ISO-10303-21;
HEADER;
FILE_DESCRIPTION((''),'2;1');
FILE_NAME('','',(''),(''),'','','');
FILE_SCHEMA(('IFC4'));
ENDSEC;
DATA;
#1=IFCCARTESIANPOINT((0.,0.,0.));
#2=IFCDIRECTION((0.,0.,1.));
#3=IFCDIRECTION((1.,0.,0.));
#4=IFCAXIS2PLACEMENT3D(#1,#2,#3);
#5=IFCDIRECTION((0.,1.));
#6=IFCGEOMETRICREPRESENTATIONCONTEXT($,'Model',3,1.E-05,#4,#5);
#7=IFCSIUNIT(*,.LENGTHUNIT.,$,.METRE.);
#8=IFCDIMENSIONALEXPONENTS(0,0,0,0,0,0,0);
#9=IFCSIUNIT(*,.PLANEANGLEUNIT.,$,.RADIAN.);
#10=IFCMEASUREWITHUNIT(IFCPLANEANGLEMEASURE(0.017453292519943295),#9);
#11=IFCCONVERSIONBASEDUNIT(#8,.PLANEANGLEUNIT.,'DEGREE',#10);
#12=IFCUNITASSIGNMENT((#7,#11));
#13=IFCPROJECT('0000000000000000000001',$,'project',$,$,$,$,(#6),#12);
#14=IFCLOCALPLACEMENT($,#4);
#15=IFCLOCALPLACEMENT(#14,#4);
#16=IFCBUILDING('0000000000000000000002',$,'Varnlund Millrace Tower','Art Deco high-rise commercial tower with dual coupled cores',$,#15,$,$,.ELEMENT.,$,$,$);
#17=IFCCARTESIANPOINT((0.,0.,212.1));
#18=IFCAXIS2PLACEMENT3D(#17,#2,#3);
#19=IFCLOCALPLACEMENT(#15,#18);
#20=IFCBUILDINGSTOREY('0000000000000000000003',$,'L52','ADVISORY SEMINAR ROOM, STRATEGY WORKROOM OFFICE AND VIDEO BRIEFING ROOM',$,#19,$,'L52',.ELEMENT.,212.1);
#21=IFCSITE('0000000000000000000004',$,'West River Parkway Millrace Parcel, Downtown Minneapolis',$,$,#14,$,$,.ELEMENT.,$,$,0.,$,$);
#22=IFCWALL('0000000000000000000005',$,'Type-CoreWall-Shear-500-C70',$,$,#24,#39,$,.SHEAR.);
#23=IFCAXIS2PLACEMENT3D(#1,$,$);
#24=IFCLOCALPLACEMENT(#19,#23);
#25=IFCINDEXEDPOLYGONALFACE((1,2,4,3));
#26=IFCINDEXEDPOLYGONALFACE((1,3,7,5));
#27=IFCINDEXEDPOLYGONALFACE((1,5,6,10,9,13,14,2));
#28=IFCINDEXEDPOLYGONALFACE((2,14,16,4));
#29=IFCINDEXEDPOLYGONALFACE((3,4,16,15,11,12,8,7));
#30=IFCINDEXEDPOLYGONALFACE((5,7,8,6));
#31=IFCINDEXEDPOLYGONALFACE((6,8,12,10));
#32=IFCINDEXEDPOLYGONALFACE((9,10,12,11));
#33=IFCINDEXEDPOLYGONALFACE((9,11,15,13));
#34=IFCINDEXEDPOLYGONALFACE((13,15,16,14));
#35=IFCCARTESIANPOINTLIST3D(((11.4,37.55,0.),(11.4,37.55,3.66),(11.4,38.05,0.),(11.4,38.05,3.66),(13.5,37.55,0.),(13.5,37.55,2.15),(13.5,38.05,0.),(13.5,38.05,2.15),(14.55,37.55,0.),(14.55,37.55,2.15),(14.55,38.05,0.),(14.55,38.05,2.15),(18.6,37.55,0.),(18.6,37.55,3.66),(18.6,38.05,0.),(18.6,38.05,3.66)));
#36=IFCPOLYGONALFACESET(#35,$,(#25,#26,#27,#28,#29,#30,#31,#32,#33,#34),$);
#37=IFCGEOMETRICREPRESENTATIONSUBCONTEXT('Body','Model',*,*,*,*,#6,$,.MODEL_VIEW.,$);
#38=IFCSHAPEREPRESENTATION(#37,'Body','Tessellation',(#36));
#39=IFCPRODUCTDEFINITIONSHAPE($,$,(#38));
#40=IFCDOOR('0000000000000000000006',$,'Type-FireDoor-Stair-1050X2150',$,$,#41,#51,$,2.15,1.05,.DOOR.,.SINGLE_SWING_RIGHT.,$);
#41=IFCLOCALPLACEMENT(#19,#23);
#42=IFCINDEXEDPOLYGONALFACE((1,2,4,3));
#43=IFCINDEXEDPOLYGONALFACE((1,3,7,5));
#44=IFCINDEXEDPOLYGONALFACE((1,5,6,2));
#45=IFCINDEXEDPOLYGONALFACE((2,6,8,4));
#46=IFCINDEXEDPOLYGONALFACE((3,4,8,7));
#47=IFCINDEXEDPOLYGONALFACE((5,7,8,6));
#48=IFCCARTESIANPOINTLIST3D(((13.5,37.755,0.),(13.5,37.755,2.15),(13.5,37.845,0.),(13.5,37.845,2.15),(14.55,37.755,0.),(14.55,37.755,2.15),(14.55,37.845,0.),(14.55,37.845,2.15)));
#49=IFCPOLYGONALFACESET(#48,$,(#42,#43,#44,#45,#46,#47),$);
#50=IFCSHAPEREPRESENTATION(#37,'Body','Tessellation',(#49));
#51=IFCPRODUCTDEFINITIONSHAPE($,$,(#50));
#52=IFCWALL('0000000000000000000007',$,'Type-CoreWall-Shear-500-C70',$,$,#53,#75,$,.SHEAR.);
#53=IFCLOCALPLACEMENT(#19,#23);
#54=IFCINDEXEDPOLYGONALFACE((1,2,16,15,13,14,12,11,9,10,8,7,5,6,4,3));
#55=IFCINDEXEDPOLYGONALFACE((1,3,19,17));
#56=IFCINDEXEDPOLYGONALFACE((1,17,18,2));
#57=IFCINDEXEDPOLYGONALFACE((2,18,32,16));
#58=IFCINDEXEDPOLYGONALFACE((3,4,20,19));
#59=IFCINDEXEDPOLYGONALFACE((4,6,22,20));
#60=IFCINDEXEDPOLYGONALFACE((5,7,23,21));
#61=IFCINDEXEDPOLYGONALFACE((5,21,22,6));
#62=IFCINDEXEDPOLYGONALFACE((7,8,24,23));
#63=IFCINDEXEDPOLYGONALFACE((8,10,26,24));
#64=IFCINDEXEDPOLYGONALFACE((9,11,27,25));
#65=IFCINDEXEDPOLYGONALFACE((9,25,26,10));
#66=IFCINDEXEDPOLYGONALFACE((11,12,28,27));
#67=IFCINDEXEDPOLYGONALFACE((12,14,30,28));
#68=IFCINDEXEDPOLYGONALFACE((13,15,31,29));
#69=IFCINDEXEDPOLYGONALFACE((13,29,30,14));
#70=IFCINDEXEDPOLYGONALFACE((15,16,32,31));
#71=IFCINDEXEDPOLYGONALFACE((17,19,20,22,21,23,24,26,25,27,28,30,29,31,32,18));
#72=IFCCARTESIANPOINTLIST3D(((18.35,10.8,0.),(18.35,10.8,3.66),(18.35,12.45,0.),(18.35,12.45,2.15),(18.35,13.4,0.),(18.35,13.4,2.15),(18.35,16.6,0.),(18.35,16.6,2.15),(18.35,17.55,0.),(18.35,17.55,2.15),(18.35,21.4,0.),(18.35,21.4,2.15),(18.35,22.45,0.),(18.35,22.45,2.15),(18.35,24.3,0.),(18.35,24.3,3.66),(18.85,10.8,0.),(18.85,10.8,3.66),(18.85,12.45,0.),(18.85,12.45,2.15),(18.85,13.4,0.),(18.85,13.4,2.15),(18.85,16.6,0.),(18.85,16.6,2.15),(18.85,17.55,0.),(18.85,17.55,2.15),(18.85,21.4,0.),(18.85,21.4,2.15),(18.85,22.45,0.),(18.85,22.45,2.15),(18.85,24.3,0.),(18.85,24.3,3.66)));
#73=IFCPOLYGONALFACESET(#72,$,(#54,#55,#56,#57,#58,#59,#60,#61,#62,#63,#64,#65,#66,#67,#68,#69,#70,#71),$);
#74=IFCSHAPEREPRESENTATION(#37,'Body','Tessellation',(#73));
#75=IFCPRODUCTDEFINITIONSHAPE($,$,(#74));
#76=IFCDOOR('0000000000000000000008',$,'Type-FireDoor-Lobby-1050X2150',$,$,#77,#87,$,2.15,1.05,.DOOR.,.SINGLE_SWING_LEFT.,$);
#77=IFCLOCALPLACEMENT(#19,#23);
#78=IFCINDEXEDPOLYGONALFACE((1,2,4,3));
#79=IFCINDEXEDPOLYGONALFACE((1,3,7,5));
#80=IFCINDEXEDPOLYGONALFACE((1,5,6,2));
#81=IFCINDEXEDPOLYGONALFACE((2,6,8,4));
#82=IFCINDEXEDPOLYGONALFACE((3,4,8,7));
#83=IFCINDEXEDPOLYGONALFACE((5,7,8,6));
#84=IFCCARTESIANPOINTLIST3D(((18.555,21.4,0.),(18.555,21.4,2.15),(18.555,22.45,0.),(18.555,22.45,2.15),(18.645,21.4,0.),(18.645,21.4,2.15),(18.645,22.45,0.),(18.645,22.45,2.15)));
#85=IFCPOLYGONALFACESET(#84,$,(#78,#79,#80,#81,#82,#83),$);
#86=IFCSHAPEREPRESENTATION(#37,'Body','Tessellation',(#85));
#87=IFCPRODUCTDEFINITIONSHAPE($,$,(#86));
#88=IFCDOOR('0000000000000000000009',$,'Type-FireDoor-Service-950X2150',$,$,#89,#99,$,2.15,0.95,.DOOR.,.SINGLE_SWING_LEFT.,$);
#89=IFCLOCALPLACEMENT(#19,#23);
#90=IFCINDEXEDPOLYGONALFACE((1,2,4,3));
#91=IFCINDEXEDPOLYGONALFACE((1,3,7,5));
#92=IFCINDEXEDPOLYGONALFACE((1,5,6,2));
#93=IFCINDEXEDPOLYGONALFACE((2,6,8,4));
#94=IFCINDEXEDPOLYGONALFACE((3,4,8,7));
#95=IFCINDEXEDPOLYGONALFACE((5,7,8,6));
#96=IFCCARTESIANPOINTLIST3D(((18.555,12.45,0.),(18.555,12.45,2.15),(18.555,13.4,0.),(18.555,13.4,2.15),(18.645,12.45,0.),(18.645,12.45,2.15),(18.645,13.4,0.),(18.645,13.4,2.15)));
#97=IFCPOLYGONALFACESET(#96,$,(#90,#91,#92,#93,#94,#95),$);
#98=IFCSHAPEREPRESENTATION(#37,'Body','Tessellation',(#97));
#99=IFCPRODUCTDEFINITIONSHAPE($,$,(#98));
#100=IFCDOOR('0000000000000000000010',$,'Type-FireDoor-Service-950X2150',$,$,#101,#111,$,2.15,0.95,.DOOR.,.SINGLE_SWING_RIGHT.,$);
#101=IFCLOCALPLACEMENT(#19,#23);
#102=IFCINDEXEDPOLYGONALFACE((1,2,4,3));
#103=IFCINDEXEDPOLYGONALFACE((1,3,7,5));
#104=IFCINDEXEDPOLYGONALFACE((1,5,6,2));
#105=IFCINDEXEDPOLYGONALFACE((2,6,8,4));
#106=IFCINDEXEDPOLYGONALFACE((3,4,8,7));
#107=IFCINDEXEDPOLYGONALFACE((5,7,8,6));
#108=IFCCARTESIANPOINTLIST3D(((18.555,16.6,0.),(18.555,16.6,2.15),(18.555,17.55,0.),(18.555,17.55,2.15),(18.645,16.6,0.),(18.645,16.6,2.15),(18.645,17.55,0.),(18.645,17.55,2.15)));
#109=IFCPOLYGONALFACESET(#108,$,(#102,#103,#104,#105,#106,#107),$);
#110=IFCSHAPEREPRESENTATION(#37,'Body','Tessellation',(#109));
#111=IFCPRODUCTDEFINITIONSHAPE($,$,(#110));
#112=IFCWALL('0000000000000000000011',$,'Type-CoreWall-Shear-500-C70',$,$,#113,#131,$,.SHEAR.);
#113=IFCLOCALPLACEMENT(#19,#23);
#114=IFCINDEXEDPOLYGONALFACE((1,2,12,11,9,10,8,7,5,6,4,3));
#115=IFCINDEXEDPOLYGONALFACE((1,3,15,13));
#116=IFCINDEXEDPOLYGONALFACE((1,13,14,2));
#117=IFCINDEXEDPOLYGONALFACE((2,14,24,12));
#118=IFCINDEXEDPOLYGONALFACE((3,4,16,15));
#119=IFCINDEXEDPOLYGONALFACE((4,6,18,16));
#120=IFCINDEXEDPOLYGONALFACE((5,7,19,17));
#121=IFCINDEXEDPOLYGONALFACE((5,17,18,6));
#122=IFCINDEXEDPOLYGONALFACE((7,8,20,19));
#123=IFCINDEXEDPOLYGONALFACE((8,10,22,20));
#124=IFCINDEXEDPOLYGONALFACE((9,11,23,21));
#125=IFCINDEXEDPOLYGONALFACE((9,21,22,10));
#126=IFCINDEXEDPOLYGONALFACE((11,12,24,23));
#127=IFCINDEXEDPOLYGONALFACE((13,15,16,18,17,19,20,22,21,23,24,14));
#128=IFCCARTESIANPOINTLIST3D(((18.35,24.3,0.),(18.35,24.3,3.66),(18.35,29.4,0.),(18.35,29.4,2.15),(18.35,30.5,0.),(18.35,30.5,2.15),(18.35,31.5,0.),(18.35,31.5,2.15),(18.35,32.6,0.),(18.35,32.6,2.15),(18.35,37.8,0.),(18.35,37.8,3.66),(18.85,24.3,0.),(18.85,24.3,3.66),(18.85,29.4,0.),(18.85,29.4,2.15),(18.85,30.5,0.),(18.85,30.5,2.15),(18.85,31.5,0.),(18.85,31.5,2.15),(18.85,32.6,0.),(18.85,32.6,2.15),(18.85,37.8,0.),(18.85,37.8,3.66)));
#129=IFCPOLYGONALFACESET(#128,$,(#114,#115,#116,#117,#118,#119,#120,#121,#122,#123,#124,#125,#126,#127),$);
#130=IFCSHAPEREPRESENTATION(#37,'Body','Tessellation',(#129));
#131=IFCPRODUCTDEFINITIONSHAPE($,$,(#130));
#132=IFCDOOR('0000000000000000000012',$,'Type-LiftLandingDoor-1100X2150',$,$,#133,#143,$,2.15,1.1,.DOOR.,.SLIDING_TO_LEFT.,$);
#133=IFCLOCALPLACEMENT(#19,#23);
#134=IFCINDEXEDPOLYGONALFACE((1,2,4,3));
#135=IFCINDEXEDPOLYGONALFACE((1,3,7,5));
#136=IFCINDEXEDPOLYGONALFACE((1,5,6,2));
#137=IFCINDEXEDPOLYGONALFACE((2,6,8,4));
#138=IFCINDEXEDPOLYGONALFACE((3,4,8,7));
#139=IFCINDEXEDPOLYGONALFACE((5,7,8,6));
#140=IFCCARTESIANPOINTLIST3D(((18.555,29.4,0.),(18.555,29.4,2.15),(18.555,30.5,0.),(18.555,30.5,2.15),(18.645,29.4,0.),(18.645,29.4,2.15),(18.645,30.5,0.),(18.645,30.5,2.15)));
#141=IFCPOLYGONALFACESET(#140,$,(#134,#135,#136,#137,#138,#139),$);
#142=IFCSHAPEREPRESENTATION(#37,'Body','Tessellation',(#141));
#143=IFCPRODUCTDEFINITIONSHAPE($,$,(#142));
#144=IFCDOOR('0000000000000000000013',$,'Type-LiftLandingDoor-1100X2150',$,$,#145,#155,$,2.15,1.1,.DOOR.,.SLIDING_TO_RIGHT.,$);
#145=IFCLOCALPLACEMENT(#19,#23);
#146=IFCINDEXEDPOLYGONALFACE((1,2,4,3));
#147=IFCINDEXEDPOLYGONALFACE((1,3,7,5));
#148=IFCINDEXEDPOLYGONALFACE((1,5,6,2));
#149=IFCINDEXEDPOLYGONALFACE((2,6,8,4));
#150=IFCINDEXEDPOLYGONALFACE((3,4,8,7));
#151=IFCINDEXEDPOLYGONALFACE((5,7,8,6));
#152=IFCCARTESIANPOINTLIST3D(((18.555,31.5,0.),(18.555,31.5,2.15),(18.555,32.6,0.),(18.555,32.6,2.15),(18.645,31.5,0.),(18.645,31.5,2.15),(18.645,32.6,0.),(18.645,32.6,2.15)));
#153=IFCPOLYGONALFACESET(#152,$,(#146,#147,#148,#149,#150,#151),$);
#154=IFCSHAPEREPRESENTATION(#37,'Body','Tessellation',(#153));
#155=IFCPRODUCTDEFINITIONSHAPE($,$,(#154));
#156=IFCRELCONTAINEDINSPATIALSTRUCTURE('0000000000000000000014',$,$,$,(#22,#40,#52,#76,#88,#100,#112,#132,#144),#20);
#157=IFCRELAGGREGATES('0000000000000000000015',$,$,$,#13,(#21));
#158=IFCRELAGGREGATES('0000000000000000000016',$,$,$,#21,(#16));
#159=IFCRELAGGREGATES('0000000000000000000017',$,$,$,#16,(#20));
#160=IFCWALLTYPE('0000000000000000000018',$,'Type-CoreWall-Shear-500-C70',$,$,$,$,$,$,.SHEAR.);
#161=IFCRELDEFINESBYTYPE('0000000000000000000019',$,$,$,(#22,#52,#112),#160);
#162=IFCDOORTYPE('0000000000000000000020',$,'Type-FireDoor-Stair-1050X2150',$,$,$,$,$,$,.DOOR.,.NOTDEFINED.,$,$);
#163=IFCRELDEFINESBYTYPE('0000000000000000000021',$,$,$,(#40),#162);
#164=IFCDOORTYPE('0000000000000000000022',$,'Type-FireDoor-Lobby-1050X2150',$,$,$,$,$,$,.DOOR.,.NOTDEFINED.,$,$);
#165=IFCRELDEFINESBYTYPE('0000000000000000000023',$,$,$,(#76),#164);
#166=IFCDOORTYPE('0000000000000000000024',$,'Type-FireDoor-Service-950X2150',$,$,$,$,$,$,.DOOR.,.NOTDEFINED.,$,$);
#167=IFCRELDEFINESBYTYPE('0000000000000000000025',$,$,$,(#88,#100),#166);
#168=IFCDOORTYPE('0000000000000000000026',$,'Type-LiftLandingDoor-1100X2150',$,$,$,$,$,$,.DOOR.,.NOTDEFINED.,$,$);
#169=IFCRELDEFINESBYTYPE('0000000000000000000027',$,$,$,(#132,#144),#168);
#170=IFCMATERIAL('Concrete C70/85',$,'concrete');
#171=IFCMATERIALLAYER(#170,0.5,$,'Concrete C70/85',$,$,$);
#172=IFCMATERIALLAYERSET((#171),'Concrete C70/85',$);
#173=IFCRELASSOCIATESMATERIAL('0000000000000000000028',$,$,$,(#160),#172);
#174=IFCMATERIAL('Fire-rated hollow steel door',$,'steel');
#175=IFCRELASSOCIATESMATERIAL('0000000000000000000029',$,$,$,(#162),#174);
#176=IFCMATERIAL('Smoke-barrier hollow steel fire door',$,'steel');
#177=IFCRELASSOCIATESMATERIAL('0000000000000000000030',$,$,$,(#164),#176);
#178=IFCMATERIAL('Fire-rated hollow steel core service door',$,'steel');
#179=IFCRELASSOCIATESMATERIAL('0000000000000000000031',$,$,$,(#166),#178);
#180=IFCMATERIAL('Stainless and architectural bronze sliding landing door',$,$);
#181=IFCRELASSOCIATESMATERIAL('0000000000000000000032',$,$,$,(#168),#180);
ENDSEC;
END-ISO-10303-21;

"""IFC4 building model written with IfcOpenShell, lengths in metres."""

from ifc_helpers import new_model, entity, si_unit, converted_unit, direction, frame, origin_with_axes, origin_2d_with_axis, place, context, subcontext, project, spatial, polyline, rectangle, outline, extrude, material, layer, layer_set, type_object, element, fill, save


model = new_model("IFC4")

# Units and contexts
model_context = context("Model", 3, precision=1e-05, world=origin_with_axes(), true_north=direction((0.0, 1.0)))
body_context = subcontext(model_context, "Body", "Model", "MODEL_VIEW")
ifc_project = project(units=[si_unit("LENGTHUNIT", "METRE"), converted_unit("PLANEANGLEUNIT", "DEGREE", entity("IfcPlaneAngleMeasure", 0.017453292519943295), si_unit("PLANEANGLEUNIT", "RADIAN"), dimensions=[0, 0, 0, 0, 0, 0, 0])], contexts=[model_context])

# Site, building, storey
site_placement = place(None, origin_with_axes())
site = spatial("IfcSite", under=ifc_project, at=site_placement, Name="West River Parkway Millrace Parcel, Downtown Minneapolis", CompositionType="ELEMENT", RefElevation=0.0)
building_placement = place(site_placement, origin_with_axes())
building = spatial("IfcBuilding", under=site, at=building_placement, Name="Varnlund Millrace Tower", Description="Art Deco high-rise commercial tower with dual coupled cores", CompositionType="ELEMENT")
storey_placement = place(building_placement, frame((0.0, 0.0, 212.1), z_axis=(0.0, 0.0, 1.0), x_axis=(1.0, 0.0, 0.0)))
storey = spatial("IfcBuildingStorey", under=building, at=storey_placement, Name="L52", Description="ADVISORY SEMINAR ROOM, STRATEGY WORKROOM OFFICE AND VIDEO BRIEFING ROOM", LongName="L52", CompositionType="ELEMENT", Elevation=212.1)

# Shared definitions
ifc_material_1 = material(Name="Concrete C70/85", Category="concrete")
ifc_layer_1 = layer(ifc_material_1, 0.5, Name="Concrete C70/85")
ifc_layer_set_1 = layer_set([ifc_layer_1], Name="Concrete C70/85")
wall_type_1 = type_object("IfcWallType", Name="Type-CoreWall-Shear-500-C70", PredefinedType="SHEAR", material=ifc_layer_set_1)

# Wall, opening, door
ifc_material_2 = material(Name="Fire-rated hollow steel door", Category="steel")
door_type_1 = type_object("IfcDoorType", Name="Type-FireDoor-Stair-1050X2150", OperationType="NOTDEFINED", PredefinedType="DOOR", material=ifc_material_2)
wall_1_placement = place(storey_placement, frame((11.4, 37.8, 0.0), z_axis=(0.0, 0.0, 1.0), x_axis=(1.0, 0.0, 0.0)))
wall_1 = element("IfcWall", 1, at=wall_1_placement, inside=storey, type_object=wall_type_1, Name="Type-CoreWall-Shear-500-C70", PredefinedType="SHEAR", context=body_context, shape_type="SweptSolid", body=[
    extrude(outline(polyline([(0.0, -0.25), (7.2, -0.25), (7.2, 0.25), (0.0, 0.25), (0.0, -0.25)])), origin_with_axes(), (0.0, 0.0, 1.0), 3.66),
])
opening_1_placement = place(wall_1_placement, frame((2.625, 0.0, 0.0), z_axis=(0.0, 0.0, 1.0), x_axis=(1.0, 0.0, 0.0)))
opening_1 = element("IfcOpeningElement", 2, at=opening_1_placement, cuts=wall_1, PredefinedType="OPENING", context=body_context, shape_type="SweptSolid", body=[
    extrude(rectangle(XDim=1.05, YDim=0.52, at=origin_2d_with_axis()), origin_with_axes(), (0.0, 0.0, 1.0), 2.15),
])
door_1_placement = place(wall_1_placement, frame((2.625, 0.0, 0.0), z_axis=(0.0, 0.0, 1.0), x_axis=(1.0, 0.0, 0.0)))
door_1 = element("IfcDoor", 3, at=door_1_placement, inside=storey, type_object=door_type_1, Name="Type-FireDoor-Stair-1050X2150", OperationType="SINGLE_SWING_RIGHT", OverallHeight=2.15, OverallWidth=1.05, PredefinedType="DOOR", context=body_context, shape_type="SweptSolid", body=[
    extrude(rectangle(XDim=1.05, YDim=0.09, at=origin_2d_with_axis()), origin_with_axes(), (0.0, 0.0, 1.0), 2.15),
])
fill(opening_1, door_1)

# Walls, openings, doors
wall_2_placement = place(storey_placement, frame((18.6, 10.8, 0.0), z_axis=(0.0, 0.0, 1.0), x_axis=(0.0, 1.0, 0.0)))
wall_2 = element("IfcWall", 4, at=wall_2_placement, inside=storey, type_object=wall_type_1, Name="Type-CoreWall-Shear-500-C70", PredefinedType="SHEAR", context=body_context, shape_type="SweptSolid", body=[
    extrude(outline(polyline([(0.0, -0.25), (13.5, -0.25), (13.5, 0.25), (0.0, 0.25), (0.0, -0.25)])), origin_with_axes(), (0.0, 0.0, 1.0), 3.66),
])
opening_2_placement = place(wall_2_placement, frame((11.125, 0.0, 0.0), z_axis=(0.0, 0.0, 1.0), x_axis=(1.0, 0.0, 0.0)))
opening_2 = element("IfcOpeningElement", 5, at=opening_2_placement, cuts=wall_2, PredefinedType="OPENING", context=body_context, shape_type="SweptSolid", body=[
    extrude(rectangle(XDim=1.05, YDim=0.52, at=origin_2d_with_axis()), origin_with_axes(), (0.0, 0.0, 1.0), 2.15),
])
opening_3_placement = place(wall_2_placement, frame((2.125, 0.0, 0.0), z_axis=(0.0, 0.0, 1.0), x_axis=(1.0, 0.0, 0.0)))
opening_3 = element("IfcOpeningElement", 6, at=opening_3_placement, cuts=wall_2, PredefinedType="OPENING", context=body_context, shape_type="SweptSolid", body=[
    extrude(rectangle(XDim=0.95, YDim=0.52, at=origin_2d_with_axis()), origin_with_axes(), (0.0, 0.0, 1.0), 2.15),
])
opening_4_placement = place(wall_2_placement, frame((6.275, 0.0, 0.0), z_axis=(0.0, 0.0, 1.0), x_axis=(1.0, 0.0, 0.0)))
opening_4 = element("IfcOpeningElement", 7, at=opening_4_placement, cuts=wall_2, PredefinedType="OPENING", context=body_context, shape_type="SweptSolid", body=[
    extrude(rectangle(XDim=0.95, YDim=0.52, at=origin_2d_with_axis()), origin_with_axes(), (0.0, 0.0, 1.0), 2.15),
])
ifc_material_3 = material(Name="Smoke-barrier hollow steel fire door", Category="steel")
door_type_2 = type_object("IfcDoorType", Name="Type-FireDoor-Lobby-1050X2150", OperationType="NOTDEFINED", PredefinedType="DOOR", material=ifc_material_3)
door_2_placement = place(wall_2_placement, frame((11.125, 0.0, 0.0), z_axis=(0.0, 0.0, 1.0), x_axis=(1.0, 0.0, 0.0)))
door_2 = element("IfcDoor", 8, at=door_2_placement, inside=storey, type_object=door_type_2, Name="Type-FireDoor-Lobby-1050X2150", OperationType="SINGLE_SWING_LEFT", OverallHeight=2.15, OverallWidth=1.05, PredefinedType="DOOR", context=body_context, shape_type="SweptSolid", body=[
    extrude(rectangle(XDim=1.05, YDim=0.09, at=origin_2d_with_axis()), origin_with_axes(), (0.0, 0.0, 1.0), 2.15),
])
fill(opening_2, door_2)
ifc_material_4 = material(Name="Fire-rated hollow steel core service door", Category="steel")
door_type_3 = type_object("IfcDoorType", Name="Type-FireDoor-Service-950X2150", OperationType="NOTDEFINED", PredefinedType="DOOR", material=ifc_material_4)
door_3_placement = place(wall_2_placement, frame((2.125, 0.0, 0.0), z_axis=(0.0, 0.0, 1.0), x_axis=(1.0, 0.0, 0.0)))
door_3 = element("IfcDoor", 9, at=door_3_placement, inside=storey, type_object=door_type_3, Name="Type-FireDoor-Service-950X2150", OperationType="SINGLE_SWING_LEFT", OverallHeight=2.15, OverallWidth=0.95, PredefinedType="DOOR", context=body_context, shape_type="SweptSolid", body=[
    extrude(rectangle(XDim=0.95, YDim=0.09, at=origin_2d_with_axis()), origin_with_axes(), (0.0, 0.0, 1.0), 2.15),
])
fill(opening_3, door_3)
door_4_placement = place(wall_2_placement, frame((6.275, 0.0, 0.0), z_axis=(0.0, 0.0, 1.0), x_axis=(1.0, 0.0, 0.0)))
door_4 = element("IfcDoor", 10, at=door_4_placement, inside=storey, type_object=door_type_3, Name="Type-FireDoor-Service-950X2150", OperationType="SINGLE_SWING_RIGHT", OverallHeight=2.15, OverallWidth=0.95, PredefinedType="DOOR", context=body_context, shape_type="SweptSolid", body=[
    extrude(rectangle(XDim=0.95, YDim=0.09, at=origin_2d_with_axis()), origin_with_axes(), (0.0, 0.0, 1.0), 2.15),
])
fill(opening_4, door_4)
wall_3_placement = place(storey_placement, frame((18.6, 24.3, 0.0), z_axis=(0.0, 0.0, 1.0), x_axis=(0.0, 1.0, 0.0)))
wall_3 = element("IfcWall", 11, at=wall_3_placement, inside=storey, type_object=wall_type_1, Name="Type-CoreWall-Shear-500-C70", PredefinedType="SHEAR", context=body_context, shape_type="SweptSolid", body=[
    extrude(outline(polyline([(0.0, -0.25), (13.5, -0.25), (13.5, 0.25), (0.0, 0.25), (0.0, -0.25)])), origin_with_axes(), (0.0, 0.0, 1.0), 3.66),
])
opening_5_placement = place(wall_3_placement, frame((5.65, 0.0, 0.0), z_axis=(0.0, 0.0, 1.0), x_axis=(1.0, 0.0, 0.0)))
opening_5 = element("IfcOpeningElement", 12, at=opening_5_placement, cuts=wall_3, PredefinedType="OPENING", context=body_context, shape_type="SweptSolid", body=[
    extrude(rectangle(XDim=1.1, YDim=0.52, at=origin_2d_with_axis()), origin_with_axes(), (0.0, 0.0, 1.0), 2.15),
])
opening_6_placement = place(wall_3_placement, frame((7.75, 0.0, 0.0), z_axis=(0.0, 0.0, 1.0), x_axis=(1.0, 0.0, 0.0)))
opening_6 = element("IfcOpeningElement", 13, at=opening_6_placement, cuts=wall_3, PredefinedType="OPENING", context=body_context, shape_type="SweptSolid", body=[
    extrude(rectangle(XDim=1.1, YDim=0.52, at=origin_2d_with_axis()), origin_with_axes(), (0.0, 0.0, 1.0), 2.15),
])
ifc_material_5 = material(Name="Stainless and architectural bronze sliding landing door")
door_type_4 = type_object("IfcDoorType", Name="Type-LiftLandingDoor-1100X2150", OperationType="NOTDEFINED", PredefinedType="DOOR", material=ifc_material_5)
door_5_placement = place(wall_3_placement, frame((5.65, 0.0, 0.0), z_axis=(0.0, 0.0, 1.0), x_axis=(1.0, 0.0, 0.0)))
door_5 = element("IfcDoor", 14, at=door_5_placement, inside=storey, type_object=door_type_4, Name="Type-LiftLandingDoor-1100X2150", OperationType="SLIDING_TO_LEFT", OverallHeight=2.15, OverallWidth=1.1, PredefinedType="DOOR", context=body_context, shape_type="SweptSolid", body=[
    extrude(rectangle(XDim=1.1, YDim=0.09, at=origin_2d_with_axis()), origin_with_axes(), (0.0, 0.0, 1.0), 2.15),
])
fill(opening_5, door_5)
door_6_placement = place(wall_3_placement, frame((7.75, 0.0, 0.0), z_axis=(0.0, 0.0, 1.0), x_axis=(1.0, 0.0, 0.0)))
door_6 = element("IfcDoor", 15, at=door_6_placement, inside=storey, type_object=door_type_4, Name="Type-LiftLandingDoor-1100X2150", OperationType="SLIDING_TO_RIGHT", OverallHeight=2.15, OverallWidth=1.1, PredefinedType="DOOR", context=body_context, shape_type="SweptSolid", body=[
    extrude(rectangle(XDim=1.1, YDim=0.09, at=origin_2d_with_axis()), origin_with_axes(), (0.0, 0.0, 1.0), 2.15),
])
fill(opening_6, door_6)

save(model, "model.ifc")
